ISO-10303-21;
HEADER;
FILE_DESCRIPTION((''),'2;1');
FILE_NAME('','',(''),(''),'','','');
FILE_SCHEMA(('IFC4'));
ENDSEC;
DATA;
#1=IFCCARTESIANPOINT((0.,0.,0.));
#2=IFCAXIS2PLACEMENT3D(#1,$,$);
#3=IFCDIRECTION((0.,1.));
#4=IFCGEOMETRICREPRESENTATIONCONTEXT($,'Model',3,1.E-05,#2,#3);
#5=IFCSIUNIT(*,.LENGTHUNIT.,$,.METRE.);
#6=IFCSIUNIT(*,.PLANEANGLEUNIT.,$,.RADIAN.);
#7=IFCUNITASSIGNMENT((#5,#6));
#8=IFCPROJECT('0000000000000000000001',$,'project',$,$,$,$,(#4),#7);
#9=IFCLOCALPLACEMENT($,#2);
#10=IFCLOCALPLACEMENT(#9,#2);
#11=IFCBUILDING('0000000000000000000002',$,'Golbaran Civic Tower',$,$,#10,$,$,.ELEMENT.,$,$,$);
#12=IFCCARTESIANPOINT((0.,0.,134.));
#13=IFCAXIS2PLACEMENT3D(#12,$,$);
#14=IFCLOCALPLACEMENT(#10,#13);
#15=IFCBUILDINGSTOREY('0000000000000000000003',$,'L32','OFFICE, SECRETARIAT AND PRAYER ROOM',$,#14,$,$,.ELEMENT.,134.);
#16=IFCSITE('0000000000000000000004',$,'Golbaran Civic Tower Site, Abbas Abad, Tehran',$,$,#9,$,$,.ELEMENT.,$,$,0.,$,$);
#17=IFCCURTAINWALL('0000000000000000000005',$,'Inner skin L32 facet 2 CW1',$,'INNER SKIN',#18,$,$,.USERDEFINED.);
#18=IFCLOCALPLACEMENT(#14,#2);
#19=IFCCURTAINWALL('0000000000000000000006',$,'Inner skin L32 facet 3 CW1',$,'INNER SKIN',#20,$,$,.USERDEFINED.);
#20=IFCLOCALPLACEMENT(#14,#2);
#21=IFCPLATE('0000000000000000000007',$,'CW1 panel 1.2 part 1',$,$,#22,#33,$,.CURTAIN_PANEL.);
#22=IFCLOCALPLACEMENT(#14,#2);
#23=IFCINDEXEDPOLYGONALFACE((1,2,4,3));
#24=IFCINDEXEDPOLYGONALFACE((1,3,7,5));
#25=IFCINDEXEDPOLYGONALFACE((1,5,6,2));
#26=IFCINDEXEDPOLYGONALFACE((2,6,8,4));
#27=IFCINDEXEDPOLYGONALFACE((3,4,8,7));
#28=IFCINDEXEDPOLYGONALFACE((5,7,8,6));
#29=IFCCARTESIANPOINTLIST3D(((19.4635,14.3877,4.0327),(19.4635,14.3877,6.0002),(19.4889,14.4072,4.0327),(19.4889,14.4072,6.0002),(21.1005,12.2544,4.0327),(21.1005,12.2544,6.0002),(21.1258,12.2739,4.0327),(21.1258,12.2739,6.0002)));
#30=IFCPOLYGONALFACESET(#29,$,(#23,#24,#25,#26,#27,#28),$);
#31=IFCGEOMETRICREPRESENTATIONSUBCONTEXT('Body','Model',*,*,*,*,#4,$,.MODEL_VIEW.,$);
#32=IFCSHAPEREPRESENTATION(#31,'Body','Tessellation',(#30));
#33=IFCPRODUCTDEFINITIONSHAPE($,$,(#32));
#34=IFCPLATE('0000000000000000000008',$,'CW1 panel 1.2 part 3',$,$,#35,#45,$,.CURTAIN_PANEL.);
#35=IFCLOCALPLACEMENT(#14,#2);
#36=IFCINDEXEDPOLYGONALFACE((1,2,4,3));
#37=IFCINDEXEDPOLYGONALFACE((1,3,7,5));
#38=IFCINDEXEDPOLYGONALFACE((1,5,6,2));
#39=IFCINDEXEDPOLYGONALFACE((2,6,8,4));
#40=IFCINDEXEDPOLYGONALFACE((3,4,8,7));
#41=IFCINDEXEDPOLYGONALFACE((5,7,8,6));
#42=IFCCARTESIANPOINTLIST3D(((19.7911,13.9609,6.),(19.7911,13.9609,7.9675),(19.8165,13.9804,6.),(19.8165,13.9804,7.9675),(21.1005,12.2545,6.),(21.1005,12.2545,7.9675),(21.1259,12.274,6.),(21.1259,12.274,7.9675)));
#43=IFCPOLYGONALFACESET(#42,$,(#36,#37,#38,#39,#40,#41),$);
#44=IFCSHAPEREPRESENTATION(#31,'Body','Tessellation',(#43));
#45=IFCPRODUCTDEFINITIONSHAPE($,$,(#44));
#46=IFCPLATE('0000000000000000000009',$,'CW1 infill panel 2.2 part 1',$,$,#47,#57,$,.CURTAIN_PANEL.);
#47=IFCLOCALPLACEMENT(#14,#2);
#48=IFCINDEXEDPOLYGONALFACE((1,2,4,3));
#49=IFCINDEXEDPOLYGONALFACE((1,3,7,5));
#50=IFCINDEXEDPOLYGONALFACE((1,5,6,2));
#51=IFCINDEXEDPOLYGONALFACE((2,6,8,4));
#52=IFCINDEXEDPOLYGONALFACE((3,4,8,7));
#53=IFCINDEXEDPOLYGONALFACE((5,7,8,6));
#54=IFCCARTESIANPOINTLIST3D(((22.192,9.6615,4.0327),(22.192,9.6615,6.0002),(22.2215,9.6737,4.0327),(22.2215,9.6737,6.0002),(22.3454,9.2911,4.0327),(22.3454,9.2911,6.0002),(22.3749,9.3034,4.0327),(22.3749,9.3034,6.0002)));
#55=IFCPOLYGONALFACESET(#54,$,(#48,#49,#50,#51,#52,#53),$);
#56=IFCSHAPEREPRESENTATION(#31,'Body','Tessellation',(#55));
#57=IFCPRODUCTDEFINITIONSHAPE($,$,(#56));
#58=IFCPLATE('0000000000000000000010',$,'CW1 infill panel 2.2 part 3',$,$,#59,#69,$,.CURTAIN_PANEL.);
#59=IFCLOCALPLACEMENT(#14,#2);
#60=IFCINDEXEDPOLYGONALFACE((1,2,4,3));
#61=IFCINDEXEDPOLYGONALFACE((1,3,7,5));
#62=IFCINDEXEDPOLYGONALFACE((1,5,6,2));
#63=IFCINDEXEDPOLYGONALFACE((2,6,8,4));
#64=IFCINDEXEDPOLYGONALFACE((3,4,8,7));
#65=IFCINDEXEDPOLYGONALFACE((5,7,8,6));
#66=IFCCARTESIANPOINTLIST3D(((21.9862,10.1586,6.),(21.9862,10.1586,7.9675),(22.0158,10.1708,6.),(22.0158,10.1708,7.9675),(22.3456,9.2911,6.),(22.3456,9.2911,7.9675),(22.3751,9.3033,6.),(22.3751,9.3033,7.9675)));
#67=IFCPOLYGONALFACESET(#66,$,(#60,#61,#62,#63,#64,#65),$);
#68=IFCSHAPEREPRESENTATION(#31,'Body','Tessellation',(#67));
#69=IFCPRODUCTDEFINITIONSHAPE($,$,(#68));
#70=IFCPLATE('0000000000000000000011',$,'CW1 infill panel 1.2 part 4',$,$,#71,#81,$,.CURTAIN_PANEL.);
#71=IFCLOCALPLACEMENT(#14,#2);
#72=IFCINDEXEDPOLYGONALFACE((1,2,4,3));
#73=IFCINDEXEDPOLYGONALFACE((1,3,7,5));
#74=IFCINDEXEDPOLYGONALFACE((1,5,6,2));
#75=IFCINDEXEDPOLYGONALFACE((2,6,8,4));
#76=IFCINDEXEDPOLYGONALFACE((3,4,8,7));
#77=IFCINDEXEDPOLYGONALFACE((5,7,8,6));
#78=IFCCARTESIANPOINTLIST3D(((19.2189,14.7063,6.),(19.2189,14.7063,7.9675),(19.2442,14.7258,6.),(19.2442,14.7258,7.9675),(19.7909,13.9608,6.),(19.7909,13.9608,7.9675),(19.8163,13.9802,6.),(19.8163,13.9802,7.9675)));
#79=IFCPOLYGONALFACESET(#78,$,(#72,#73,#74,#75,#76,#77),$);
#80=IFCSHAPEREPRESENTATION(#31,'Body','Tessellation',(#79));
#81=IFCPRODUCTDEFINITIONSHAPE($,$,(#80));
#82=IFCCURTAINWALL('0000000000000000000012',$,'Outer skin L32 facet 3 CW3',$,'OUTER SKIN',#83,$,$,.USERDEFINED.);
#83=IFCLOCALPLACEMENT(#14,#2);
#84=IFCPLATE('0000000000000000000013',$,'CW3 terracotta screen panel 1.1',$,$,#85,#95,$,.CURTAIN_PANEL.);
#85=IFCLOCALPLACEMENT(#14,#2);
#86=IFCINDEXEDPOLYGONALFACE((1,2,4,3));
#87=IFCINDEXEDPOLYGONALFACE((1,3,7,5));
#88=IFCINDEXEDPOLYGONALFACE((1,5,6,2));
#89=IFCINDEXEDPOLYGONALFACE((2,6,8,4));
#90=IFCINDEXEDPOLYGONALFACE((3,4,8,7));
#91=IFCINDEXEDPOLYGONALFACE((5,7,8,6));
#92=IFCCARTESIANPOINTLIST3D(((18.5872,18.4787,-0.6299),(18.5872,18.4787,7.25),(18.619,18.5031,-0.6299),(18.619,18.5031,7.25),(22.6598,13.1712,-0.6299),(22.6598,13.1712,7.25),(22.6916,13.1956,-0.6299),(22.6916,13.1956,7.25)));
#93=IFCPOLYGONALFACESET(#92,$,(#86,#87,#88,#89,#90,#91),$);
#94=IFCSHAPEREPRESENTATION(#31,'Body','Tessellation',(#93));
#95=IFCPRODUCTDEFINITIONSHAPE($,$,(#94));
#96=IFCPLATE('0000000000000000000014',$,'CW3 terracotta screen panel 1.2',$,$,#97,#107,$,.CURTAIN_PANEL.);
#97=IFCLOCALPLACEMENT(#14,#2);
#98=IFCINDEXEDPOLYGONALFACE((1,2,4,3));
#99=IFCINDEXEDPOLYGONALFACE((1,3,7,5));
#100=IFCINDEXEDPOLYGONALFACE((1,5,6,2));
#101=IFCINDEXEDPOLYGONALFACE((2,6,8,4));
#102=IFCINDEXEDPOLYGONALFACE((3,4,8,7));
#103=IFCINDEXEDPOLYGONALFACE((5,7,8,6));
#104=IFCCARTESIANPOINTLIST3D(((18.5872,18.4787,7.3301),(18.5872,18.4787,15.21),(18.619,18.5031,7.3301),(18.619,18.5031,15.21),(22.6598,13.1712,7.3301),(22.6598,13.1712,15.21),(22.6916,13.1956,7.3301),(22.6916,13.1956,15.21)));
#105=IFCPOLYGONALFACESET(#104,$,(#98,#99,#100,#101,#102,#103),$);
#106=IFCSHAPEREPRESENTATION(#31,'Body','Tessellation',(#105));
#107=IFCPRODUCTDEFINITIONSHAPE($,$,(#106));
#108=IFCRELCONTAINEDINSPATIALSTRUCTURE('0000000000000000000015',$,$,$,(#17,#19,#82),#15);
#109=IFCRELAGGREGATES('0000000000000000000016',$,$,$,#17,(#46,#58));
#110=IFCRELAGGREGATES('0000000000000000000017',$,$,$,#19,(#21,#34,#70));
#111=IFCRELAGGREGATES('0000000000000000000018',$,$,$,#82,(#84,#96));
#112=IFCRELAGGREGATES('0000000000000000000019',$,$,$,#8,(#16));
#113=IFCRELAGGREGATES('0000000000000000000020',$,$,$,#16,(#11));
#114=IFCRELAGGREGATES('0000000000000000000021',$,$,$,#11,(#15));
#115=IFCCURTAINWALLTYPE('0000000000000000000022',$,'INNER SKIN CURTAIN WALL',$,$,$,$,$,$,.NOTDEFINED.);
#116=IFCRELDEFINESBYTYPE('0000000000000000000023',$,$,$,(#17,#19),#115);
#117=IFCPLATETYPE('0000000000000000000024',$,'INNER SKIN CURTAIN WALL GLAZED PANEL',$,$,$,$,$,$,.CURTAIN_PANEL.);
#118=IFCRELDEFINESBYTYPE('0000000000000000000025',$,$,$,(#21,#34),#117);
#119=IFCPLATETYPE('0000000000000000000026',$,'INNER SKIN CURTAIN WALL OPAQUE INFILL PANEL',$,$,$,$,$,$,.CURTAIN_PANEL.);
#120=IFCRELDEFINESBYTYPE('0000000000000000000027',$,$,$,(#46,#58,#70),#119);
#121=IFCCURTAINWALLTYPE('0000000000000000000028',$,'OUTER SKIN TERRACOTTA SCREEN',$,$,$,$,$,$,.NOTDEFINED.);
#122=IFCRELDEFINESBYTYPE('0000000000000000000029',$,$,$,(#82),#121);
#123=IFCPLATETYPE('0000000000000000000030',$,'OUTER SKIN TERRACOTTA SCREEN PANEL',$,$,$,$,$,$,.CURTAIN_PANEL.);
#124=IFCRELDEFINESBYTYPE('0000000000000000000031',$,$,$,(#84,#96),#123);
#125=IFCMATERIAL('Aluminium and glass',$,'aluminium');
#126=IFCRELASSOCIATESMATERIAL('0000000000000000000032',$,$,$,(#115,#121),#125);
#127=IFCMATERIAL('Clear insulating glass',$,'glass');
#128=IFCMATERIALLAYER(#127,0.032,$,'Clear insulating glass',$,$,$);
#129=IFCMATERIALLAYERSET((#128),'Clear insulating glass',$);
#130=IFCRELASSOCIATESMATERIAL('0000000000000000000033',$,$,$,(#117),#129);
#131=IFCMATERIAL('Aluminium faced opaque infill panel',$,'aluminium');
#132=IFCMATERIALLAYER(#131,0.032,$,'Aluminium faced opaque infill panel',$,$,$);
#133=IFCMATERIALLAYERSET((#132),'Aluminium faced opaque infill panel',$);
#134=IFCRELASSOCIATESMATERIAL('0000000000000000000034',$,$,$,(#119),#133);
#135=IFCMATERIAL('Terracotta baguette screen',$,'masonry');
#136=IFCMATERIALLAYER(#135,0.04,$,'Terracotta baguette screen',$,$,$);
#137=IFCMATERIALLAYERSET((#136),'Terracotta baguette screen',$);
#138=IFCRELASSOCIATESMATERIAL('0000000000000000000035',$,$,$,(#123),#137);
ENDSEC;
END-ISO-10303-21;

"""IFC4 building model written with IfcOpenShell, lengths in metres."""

from ifc_helpers import new_model, si_unit, direction, frame, origin, origin_2d, place, context, subcontext, project, spatial, rectangle, extrude, material, layer, layer_set, type_object, element, aggregate, save


model = new_model("IFC4")

# Units and contexts
model_context = context("Model", 3, precision=1e-05, world=origin(), true_north=direction((0.0, 1.0)))
body_context = subcontext(model_context, "Body", "Model", "MODEL_VIEW")
ifc_project = project(units=[si_unit("LENGTHUNIT", "METRE"), si_unit("PLANEANGLEUNIT", "RADIAN")], contexts=[model_context])

# Site, building, storey
site_placement = place(None, origin())
site = spatial("IfcSite", under=ifc_project, at=site_placement, Name="Golbaran Civic Tower Site, Abbas Abad, Tehran", CompositionType="ELEMENT", RefElevation=0.0)
building_placement = place(site_placement, origin())
building = spatial("IfcBuilding", under=site, at=building_placement, Name="Golbaran Civic Tower", CompositionType="ELEMENT")
storey_placement = place(building_placement, frame((0.0, 0.0, 134.0)))
storey = spatial("IfcBuildingStorey", under=building, at=storey_placement, Name="L32", Description="OFFICE, SECRETARIAT AND PRAYER ROOM", CompositionType="ELEMENT", Elevation=134.0)

# Curtain wall
ifc_material_1 = material(Name="Aluminium and glass", Category="aluminium")
curtain_wall_type_1 = type_object("IfcCurtainWallType", Name="INNER SKIN CURTAIN WALL", PredefinedType="NOTDEFINED", material=ifc_material_1)
curtain_wall_1_placement = place(storey_placement, origin())
curtain_wall_1 = element("IfcCurtainWall", 1, at=curtain_wall_1_placement, inside=storey, type_object=curtain_wall_type_1, Name="Inner skin L32 facet 2 CW1", ObjectType="INNER SKIN", PredefinedType="USERDEFINED")

# Curtain wall
curtain_wall_2_placement = place(storey_placement, origin())
curtain_wall_2 = element("IfcCurtainWall", 2, at=curtain_wall_2_placement, inside=storey, type_object=curtain_wall_type_1, Name="Inner skin L32 facet 3 CW1", ObjectType="INNER SKIN", PredefinedType="USERDEFINED")

# Plates
ifc_material_2 = material(Name="Clear insulating glass", Category="glass")
ifc_layer_1 = layer(ifc_material_2, 0.032, Name="Clear insulating glass")
ifc_layer_set_1 = layer_set([ifc_layer_1], Name="Clear insulating glass")
plate_type_1 = type_object("IfcPlateType", Name="INNER SKIN CURTAIN WALL GLAZED PANEL", PredefinedType="CURTAIN_PANEL", material=ifc_layer_set_1)
plate_1_placement = place(storey_placement, frame((20.2947, 13.3308, 4.0327), z_axis=(0.0, 0.0, 1.0), x_axis=(-0.608761, 0.793353, 0.0)))
plate_1 = element("IfcPlate", 3, at=plate_1_placement, type_object=plate_type_1, Name="CW1 panel 1.2 part 1", PredefinedType="CURTAIN_PANEL", context=body_context, shape_type="SweptSolid", body=[
    extrude(rectangle(XDim=2.689, YDim=0.032, at=origin_2d()), origin(), (0.0, 0.0, 1.0), 1.9675),
])
plate_2_placement = place(storey_placement, frame((20.4585, 13.1174, 6.0), z_axis=(0.0, 0.0, 1.0), x_axis=(-0.608761, 0.793353, 0.0)))
plate_2 = element("IfcPlate", 4, at=plate_2_placement, type_object=plate_type_1, Name="CW1 panel 1.2 part 3", PredefinedType="CURTAIN_PANEL", context=body_context, shape_type="SweptSolid", body=[
    extrude(rectangle(XDim=2.1509, YDim=0.032, at=origin_2d()), origin(), (0.0, 0.0, 1.0), 1.9675),
])
ifc_material_3 = material(Name="Aluminium faced opaque infill panel", Category="aluminium")
ifc_layer_2 = layer(ifc_material_3, 0.032, Name="Aluminium faced opaque infill panel")
ifc_layer_set_2 = layer_set([ifc_layer_2], Name="Aluminium faced opaque infill panel")
plate_type_2 = type_object("IfcPlateType", Name="INNER SKIN CURTAIN WALL OPAQUE INFILL PANEL", PredefinedType="CURTAIN_PANEL", material=ifc_layer_set_2)
plate_3_placement = place(storey_placement, frame((22.2834, 9.4824, 4.0327), z_axis=(0.0, 0.0, 1.0), x_axis=(-0.382683, 0.92388, 0.0)))
plate_3 = element("IfcPlate", 5, at=plate_3_placement, type_object=plate_type_2, Name="CW1 infill panel 2.2 part 1", PredefinedType="CURTAIN_PANEL", context=body_context, shape_type="SweptSolid", body=[
    extrude(rectangle(XDim=0.4009, YDim=0.032, at=origin_2d()), origin(), (0.0, 0.0, 1.0), 1.9675),
])
plate_4_placement = place(storey_placement, frame((22.1807, 9.731, 6.0), z_axis=(0.0, 0.0, 1.0), x_axis=(-0.382683, 0.92388, 0.0)))
plate_4 = element("IfcPlate", 6, at=plate_4_placement, type_object=plate_type_2, Name="CW1 infill panel 2.2 part 3", PredefinedType="CURTAIN_PANEL", context=body_context, shape_type="SweptSolid", body=[
    extrude(rectangle(XDim=0.939, YDim=0.032, at=origin_2d()), origin(), (0.0, 0.0, 1.0), 1.9675),
])
aggregate(curtain_wall_1, [plate_3, plate_4])
plate_5_placement = place(storey_placement, frame((19.5176, 14.3433, 6.0), z_axis=(0.0, 0.0, 1.0), x_axis=(-0.608761, 0.793353, 0.0)))
plate_5 = element("IfcPlate", 7, at=plate_5_placement, type_object=plate_type_2, Name="CW1 infill panel 1.2 part 4", PredefinedType="CURTAIN_PANEL", context=body_context, shape_type="SweptSolid", body=[
    extrude(rectangle(XDim=0.9397, YDim=0.032, at=origin_2d()), origin(), (0.0, 0.0, 1.0), 1.9675),
])
aggregate(curtain_wall_2, [plate_1, plate_2, plate_5])

# Curtain wall, plates
curtain_wall_type_2 = type_object("IfcCurtainWallType", Name="OUTER SKIN TERRACOTTA SCREEN", PredefinedType="NOTDEFINED", material=ifc_material_1)
curtain_wall_3_placement = place(storey_placement, origin())
curtain_wall_3 = element("IfcCurtainWall", 8, at=curtain_wall_3_placement, inside=storey, type_object=curtain_wall_type_2, Name="Outer skin L32 facet 3 CW3", ObjectType="OUTER SKIN", PredefinedType="USERDEFINED")
ifc_material_4 = material(Name="Terracotta baguette screen", Category="masonry")
ifc_layer_3 = layer(ifc_material_4, 0.04, Name="Terracotta baguette screen")
ifc_layer_set_3 = layer_set([ifc_layer_3], Name="Terracotta baguette screen")
plate_type_3 = type_object("IfcPlateType", Name="OUTER SKIN TERRACOTTA SCREEN PANEL", PredefinedType="CURTAIN_PANEL", material=ifc_layer_set_3)
plate_6_placement = place(storey_placement, frame((20.6394, 15.8372, -0.6299), z_axis=(0.0, 0.0, 1.0), x_axis=(-0.608761, 0.793353, 0.0)))
plate_6 = element("IfcPlate", 9, at=plate_6_placement, type_object=plate_type_3, Name="CW3 terracotta screen panel 1.1", PredefinedType="CURTAIN_PANEL", context=body_context, shape_type="SweptSolid", body=[
    extrude(rectangle(XDim=6.6899, YDim=0.04, at=origin_2d()), origin(), (0.0, 0.0, 1.0), 7.8799),
])
plate_7_placement = place(storey_placement, frame((20.6394, 15.8372, 7.3301), z_axis=(0.0, 0.0, 1.0), x_axis=(-0.608761, 0.793353, 0.0)))
plate_7 = element("IfcPlate", 10, at=plate_7_placement, type_object=plate_type_3, Name="CW3 terracotta screen panel 1.2", PredefinedType="CURTAIN_PANEL", context=body_context, shape_type="SweptSolid", body=[
    extrude(rectangle(XDim=6.6899, YDim=0.04, at=origin_2d()), origin(), (0.0, 0.0, 1.0), 7.8799),
])
aggregate(curtain_wall_3, [plate_6, plate_7])

save(model, "model.ifc")
